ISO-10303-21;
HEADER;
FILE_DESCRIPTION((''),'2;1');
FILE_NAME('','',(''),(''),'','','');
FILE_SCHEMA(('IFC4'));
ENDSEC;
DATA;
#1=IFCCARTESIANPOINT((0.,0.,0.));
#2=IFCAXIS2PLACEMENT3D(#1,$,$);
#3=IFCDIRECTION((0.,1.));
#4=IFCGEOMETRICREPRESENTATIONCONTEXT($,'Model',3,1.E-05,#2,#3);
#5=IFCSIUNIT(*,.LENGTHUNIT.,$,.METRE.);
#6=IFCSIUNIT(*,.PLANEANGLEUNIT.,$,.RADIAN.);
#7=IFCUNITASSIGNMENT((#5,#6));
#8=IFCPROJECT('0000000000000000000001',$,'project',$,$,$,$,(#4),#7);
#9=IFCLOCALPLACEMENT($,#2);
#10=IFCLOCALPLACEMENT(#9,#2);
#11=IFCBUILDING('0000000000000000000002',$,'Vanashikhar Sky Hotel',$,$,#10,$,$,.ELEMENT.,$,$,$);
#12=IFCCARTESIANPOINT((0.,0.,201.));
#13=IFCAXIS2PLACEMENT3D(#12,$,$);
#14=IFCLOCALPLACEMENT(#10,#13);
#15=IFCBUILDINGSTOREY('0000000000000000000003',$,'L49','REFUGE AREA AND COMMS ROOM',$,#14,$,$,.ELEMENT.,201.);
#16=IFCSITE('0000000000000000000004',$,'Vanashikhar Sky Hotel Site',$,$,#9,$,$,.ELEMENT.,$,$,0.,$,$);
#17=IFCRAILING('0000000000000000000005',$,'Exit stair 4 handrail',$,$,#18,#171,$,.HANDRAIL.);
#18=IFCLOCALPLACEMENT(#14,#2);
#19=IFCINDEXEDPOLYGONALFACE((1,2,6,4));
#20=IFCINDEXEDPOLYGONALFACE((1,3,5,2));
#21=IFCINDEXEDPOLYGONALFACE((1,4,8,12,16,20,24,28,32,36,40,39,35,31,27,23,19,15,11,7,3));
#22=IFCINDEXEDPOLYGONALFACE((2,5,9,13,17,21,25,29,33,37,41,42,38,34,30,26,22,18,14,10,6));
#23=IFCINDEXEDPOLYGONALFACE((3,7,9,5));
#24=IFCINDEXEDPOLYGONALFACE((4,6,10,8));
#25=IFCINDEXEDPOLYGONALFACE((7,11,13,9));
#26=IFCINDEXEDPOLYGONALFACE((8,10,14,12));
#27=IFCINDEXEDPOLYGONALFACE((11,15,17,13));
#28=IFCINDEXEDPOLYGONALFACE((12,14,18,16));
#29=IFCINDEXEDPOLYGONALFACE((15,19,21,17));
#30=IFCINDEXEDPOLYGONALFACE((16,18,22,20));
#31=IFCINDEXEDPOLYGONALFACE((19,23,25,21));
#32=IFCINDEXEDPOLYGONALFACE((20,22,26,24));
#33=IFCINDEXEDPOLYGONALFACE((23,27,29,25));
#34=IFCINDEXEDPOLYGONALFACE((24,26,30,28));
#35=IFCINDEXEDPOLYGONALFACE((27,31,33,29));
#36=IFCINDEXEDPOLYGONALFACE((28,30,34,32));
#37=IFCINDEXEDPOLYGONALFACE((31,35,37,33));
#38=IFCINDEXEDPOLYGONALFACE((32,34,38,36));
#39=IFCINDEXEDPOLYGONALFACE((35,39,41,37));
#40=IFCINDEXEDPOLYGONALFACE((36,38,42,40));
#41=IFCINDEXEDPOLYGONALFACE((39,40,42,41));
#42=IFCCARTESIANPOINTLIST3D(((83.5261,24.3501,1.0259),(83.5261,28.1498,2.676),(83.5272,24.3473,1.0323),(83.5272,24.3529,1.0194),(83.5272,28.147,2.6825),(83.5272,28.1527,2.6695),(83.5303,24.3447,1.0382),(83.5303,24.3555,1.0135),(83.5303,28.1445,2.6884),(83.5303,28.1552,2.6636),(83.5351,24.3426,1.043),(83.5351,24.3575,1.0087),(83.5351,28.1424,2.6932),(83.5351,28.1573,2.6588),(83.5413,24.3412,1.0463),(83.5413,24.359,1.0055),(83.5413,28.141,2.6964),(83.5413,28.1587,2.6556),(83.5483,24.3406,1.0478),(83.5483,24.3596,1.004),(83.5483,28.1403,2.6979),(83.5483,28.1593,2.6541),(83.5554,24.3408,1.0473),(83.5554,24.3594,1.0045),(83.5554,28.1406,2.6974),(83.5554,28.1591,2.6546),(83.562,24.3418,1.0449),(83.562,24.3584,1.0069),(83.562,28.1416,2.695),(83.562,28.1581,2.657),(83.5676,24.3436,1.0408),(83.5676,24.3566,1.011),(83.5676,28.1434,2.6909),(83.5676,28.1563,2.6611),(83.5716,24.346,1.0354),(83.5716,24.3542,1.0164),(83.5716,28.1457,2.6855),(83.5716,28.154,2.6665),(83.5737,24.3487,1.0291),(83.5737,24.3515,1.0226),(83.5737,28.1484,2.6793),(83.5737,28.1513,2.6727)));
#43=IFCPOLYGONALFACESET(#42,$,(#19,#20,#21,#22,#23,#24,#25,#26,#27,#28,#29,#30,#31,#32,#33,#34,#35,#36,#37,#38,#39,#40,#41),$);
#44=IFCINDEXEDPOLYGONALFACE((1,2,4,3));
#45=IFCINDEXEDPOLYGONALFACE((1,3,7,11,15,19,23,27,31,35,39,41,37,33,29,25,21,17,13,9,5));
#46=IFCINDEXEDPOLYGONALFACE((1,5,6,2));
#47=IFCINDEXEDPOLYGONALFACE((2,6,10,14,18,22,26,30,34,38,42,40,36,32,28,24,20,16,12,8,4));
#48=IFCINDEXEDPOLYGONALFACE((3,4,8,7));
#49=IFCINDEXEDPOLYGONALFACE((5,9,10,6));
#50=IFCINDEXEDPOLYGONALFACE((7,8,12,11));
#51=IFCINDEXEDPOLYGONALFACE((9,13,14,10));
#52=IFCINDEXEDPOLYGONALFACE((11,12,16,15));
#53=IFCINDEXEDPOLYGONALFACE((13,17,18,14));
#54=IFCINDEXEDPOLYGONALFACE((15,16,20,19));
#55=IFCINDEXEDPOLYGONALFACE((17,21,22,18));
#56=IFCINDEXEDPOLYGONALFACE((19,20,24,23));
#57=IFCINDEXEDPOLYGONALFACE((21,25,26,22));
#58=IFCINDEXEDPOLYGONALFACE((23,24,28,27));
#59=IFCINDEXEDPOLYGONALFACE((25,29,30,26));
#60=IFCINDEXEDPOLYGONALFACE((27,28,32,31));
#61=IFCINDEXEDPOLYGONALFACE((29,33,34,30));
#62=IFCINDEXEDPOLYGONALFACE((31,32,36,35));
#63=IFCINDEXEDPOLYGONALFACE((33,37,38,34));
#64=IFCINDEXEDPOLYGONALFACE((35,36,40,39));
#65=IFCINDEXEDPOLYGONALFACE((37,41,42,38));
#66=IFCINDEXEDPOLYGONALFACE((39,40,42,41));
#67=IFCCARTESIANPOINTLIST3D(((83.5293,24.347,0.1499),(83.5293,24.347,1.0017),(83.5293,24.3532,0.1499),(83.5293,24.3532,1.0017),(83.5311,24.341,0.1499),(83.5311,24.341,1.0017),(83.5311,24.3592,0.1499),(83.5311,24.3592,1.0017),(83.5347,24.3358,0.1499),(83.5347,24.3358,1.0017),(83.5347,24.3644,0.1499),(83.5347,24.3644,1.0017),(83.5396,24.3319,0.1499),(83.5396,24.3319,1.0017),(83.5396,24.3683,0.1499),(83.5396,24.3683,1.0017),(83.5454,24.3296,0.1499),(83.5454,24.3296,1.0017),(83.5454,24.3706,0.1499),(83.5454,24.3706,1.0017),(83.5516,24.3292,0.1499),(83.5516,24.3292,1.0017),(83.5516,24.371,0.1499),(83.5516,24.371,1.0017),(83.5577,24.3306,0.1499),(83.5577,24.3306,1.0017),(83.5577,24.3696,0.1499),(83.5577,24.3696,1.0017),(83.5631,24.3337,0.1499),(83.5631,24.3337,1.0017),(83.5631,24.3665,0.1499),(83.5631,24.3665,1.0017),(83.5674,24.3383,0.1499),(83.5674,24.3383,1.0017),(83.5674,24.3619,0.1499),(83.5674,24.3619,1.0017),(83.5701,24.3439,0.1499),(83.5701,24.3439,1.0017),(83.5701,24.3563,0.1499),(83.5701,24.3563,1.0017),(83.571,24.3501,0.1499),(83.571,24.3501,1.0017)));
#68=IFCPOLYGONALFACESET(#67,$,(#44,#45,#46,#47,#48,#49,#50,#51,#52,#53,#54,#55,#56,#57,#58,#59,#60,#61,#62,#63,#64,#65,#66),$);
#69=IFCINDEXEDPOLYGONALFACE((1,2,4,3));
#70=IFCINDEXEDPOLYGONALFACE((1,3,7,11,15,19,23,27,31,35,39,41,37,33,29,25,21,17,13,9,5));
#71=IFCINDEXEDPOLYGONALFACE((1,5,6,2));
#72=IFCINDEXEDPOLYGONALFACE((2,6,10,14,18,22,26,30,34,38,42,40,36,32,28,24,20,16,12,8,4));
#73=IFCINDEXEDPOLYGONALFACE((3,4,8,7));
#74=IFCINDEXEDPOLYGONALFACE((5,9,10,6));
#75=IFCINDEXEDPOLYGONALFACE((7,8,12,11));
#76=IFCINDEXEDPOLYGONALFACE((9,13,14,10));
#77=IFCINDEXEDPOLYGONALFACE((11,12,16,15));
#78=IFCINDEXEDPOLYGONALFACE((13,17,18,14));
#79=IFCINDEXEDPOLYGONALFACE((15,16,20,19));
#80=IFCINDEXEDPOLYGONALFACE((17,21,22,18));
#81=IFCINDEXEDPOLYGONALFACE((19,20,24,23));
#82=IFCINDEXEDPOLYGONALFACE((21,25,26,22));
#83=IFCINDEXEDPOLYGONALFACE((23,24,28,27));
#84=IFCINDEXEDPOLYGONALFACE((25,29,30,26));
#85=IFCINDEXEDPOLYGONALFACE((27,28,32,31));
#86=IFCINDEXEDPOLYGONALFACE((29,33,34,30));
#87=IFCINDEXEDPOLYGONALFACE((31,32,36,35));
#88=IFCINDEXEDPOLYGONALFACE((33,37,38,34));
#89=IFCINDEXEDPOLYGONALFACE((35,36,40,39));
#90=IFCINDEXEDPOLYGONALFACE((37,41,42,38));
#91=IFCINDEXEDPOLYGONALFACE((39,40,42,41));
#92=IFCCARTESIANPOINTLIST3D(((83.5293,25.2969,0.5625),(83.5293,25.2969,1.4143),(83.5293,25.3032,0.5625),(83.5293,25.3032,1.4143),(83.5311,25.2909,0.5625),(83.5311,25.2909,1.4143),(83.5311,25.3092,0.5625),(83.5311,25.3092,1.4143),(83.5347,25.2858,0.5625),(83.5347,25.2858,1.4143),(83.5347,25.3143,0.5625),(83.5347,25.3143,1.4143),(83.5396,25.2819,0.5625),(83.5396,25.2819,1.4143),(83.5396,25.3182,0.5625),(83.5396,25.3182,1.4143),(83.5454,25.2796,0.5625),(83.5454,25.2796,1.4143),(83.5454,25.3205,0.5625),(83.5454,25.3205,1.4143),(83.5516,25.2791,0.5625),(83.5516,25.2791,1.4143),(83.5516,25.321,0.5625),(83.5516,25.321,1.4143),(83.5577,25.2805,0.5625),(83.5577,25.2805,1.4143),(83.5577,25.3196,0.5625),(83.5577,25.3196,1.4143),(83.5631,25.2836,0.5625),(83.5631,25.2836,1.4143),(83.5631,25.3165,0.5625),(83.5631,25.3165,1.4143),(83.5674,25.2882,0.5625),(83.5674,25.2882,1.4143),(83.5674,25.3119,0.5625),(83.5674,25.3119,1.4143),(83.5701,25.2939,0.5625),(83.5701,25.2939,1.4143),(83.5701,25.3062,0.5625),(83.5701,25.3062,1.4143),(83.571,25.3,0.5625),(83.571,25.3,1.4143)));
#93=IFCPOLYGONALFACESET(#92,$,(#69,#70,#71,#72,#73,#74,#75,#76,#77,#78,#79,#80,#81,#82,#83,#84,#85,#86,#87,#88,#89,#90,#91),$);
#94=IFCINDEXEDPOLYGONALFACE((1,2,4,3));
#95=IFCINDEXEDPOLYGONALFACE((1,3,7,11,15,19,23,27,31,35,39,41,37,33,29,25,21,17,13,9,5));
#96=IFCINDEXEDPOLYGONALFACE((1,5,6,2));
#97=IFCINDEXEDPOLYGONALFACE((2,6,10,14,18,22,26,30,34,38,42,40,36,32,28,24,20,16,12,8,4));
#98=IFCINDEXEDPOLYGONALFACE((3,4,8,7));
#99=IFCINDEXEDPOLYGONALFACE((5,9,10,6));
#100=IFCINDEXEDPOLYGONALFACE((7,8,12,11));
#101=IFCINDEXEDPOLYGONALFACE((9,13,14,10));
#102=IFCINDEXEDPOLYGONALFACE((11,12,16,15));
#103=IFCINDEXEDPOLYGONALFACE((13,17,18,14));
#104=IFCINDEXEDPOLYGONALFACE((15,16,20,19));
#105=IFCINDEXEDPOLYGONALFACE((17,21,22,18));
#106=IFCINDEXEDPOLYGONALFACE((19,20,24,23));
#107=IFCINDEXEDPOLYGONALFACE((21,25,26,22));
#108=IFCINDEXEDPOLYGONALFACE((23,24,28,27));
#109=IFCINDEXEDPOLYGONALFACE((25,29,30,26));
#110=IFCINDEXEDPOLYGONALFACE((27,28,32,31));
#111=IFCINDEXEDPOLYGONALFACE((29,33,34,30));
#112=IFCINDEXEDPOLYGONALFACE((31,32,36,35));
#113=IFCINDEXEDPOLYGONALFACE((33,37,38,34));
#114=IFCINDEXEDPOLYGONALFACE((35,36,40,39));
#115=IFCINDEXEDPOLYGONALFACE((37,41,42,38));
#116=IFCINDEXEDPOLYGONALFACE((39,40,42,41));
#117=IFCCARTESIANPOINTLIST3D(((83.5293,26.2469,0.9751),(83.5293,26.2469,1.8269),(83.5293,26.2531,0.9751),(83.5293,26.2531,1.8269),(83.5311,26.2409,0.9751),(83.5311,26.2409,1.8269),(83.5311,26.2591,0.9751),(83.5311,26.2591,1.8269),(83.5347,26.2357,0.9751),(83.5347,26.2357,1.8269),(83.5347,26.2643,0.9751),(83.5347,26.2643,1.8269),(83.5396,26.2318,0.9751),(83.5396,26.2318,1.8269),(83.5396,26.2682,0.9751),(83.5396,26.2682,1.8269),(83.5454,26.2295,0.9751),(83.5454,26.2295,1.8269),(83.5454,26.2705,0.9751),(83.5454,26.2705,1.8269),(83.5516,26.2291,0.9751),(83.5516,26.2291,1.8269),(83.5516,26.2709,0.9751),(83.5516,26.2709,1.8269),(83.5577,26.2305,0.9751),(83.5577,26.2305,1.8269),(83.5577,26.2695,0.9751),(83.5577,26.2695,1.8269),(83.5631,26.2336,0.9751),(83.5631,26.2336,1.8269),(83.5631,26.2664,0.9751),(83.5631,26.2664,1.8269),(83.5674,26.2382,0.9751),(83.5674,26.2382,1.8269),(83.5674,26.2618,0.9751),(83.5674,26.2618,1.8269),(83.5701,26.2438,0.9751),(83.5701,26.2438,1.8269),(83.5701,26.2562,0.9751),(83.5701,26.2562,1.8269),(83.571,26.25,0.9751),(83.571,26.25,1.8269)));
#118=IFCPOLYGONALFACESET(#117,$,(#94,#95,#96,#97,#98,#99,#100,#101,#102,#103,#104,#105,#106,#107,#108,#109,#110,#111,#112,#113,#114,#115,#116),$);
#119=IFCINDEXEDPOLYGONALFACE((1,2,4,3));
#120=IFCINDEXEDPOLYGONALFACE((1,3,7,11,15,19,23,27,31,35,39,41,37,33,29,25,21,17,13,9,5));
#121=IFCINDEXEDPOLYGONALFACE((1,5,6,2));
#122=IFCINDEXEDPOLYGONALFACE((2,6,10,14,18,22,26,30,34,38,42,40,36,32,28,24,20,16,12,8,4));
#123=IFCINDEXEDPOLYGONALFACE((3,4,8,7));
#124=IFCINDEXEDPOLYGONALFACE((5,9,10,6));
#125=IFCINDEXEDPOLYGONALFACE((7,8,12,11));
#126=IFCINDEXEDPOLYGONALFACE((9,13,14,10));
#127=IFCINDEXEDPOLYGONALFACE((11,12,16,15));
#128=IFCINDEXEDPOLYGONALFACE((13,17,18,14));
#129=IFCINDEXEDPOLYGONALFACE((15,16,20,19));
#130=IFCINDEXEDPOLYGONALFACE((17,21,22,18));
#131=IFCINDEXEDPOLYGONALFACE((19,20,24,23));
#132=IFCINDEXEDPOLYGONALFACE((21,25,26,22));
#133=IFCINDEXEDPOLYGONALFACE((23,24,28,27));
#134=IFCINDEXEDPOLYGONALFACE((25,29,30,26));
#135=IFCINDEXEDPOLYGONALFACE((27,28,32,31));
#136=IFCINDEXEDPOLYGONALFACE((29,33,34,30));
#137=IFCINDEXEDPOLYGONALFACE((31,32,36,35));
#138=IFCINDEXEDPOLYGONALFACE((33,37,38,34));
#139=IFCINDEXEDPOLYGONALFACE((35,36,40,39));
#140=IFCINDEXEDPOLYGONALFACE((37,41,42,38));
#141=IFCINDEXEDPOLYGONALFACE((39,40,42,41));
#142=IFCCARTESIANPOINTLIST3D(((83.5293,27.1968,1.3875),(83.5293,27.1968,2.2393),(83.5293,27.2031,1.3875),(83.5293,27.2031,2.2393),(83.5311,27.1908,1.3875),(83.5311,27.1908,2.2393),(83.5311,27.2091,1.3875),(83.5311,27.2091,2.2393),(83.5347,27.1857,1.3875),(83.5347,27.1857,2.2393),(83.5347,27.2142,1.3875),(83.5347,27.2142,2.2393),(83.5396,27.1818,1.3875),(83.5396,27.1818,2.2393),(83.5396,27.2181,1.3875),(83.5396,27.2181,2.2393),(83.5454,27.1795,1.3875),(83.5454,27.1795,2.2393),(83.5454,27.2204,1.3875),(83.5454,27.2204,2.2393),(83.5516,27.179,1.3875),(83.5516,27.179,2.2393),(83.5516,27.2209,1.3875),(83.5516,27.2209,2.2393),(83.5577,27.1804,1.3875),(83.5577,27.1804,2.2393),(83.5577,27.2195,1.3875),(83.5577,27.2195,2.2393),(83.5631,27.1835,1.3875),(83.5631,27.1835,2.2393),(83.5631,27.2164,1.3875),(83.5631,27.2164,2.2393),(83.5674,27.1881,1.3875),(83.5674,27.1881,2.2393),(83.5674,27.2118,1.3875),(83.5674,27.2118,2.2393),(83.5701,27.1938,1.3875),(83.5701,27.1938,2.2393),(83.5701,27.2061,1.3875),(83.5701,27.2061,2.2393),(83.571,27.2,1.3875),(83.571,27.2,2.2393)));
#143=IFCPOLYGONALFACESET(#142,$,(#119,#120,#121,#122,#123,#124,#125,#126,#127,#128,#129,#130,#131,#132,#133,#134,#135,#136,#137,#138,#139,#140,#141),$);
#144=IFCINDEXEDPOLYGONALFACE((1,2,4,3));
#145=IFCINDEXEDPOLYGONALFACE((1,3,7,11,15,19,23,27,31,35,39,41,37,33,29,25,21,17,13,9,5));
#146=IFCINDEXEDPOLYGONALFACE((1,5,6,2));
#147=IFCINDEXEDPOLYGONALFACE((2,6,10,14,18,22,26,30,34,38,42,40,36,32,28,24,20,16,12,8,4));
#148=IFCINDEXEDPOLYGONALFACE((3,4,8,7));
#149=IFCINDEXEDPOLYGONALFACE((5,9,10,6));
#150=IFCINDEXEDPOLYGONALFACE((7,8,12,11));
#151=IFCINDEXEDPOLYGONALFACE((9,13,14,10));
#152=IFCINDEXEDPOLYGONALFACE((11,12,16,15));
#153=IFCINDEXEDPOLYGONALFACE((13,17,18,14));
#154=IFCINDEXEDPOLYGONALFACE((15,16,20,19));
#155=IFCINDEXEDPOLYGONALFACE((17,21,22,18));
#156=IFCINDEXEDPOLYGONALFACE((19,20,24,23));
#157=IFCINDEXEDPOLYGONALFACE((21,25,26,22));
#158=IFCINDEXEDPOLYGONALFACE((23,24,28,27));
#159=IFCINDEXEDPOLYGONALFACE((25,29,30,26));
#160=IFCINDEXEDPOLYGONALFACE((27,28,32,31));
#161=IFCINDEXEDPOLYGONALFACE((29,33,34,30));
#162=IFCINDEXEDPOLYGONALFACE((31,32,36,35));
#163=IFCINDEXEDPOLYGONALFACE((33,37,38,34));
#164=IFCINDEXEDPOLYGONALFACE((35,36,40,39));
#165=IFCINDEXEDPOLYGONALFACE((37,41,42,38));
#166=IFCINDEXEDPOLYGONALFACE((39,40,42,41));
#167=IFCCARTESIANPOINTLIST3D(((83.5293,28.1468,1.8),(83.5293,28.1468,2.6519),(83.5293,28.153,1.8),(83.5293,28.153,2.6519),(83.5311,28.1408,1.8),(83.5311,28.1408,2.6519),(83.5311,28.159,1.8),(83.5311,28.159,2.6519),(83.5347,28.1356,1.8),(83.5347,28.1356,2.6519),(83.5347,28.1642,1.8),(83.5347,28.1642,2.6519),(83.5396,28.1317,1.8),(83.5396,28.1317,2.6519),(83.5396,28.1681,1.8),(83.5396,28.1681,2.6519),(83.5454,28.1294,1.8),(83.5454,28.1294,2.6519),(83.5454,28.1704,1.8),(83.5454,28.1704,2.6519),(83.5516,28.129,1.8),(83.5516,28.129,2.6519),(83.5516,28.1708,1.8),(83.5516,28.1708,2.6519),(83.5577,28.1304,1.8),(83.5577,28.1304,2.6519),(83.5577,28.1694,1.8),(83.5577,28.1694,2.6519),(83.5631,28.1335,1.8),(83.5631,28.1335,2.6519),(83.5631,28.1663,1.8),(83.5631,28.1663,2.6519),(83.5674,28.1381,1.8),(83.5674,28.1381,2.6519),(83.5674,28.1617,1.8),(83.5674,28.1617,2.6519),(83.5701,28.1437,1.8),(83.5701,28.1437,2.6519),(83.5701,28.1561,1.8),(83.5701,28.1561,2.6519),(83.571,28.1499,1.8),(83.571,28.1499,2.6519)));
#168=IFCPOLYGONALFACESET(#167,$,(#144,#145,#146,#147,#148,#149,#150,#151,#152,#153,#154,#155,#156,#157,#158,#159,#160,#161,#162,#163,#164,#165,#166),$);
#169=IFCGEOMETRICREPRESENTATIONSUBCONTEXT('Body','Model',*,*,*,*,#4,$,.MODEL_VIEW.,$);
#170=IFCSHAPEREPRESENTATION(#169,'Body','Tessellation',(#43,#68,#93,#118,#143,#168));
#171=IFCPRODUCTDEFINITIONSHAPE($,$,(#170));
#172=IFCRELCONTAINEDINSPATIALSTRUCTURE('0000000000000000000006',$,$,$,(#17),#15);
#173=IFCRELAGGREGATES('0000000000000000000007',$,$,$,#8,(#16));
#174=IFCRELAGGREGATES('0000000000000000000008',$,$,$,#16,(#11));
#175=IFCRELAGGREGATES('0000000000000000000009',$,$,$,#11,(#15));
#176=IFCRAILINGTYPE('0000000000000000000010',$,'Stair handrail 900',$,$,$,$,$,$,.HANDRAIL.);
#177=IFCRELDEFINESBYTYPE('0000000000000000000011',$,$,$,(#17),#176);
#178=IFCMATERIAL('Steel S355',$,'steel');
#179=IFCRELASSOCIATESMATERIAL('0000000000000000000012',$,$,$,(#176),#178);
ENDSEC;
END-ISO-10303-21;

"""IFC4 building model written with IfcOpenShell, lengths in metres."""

from ifc_helpers import new_model, si_unit, direction, frame, origin, origin_2d, place, context, subcontext, project, spatial, circle, extrude, source, transform, mapped, material, type_object, element, save


model = new_model("IFC4")

# Units and contexts
model_context = context("Model", 3, precision=1e-05, world=origin(), true_north=direction((0.0, 1.0)))
body_context = subcontext(model_context, "Body", "Model", "MODEL_VIEW")
ifc_project = project(units=[si_unit("LENGTHUNIT", "METRE"), si_unit("PLANEANGLEUNIT", "RADIAN")], contexts=[model_context])

# Site, building, storey
site_placement = place(None, origin())
site = spatial("IfcSite", under=ifc_project, at=site_placement, Name="Vanashikhar Sky Hotel Site", CompositionType="ELEMENT", RefElevation=0.0)
building_placement = place(site_placement, origin())
building = spatial("IfcBuilding", under=site, at=building_placement, Name="Vanashikhar Sky Hotel", CompositionType="ELEMENT")
storey_placement = place(building_placement, frame((0.0, 0.0, 201.0)))
storey = spatial("IfcBuildingStorey", under=building, at=storey_placement, Name="L49", Description="REFUGE AREA AND COMMS ROOM", CompositionType="ELEMENT", Elevation=201.0)

# Shared definitions
ifc_material_1 = material(Name="Steel S355", Category="steel")

# Railing
railing_type_1 = type_object("IfcRailingType", Name="Stair handrail 900", PredefinedType="HANDRAIL", material=ifc_material_1)
shared_shape_1 = source(origin(), body_context, "Body", "SweptSolid", [
    extrude(circle(Radius=0.0239, at=origin_2d()), frame((0.0, 0.0, 0.876), z_axis=(0.0, 0.917241, 0.398332), x_axis=(-1.0, 0.0, 0.0)), (0.0, 0.0, 1.0), 4.1426),
    extrude(circle(Radius=0.021, at=origin_2d()), origin(), (0.0, 0.0, 1.0), 0.8518),
    extrude(circle(Radius=0.021, at=origin_2d()), frame((0.0, 0.95, 0.4126)), (0.0, 0.0, 1.0), 0.8518),
    extrude(circle(Radius=0.021, at=origin_2d()), frame((0.0, 1.8999, 0.8252)), (0.0, 0.0, 1.0), 0.8518),
    extrude(circle(Radius=0.021, at=origin_2d()), frame((0.0, 2.8499, 1.2375)), (0.0, 0.0, 1.0), 0.8518),
    extrude(circle(Radius=0.021, at=origin_2d()), frame((0.0, 3.7998, 1.6501)), (0.0, 0.0, 1.0), 0.8518),
])
railing_1_placement = place(storey_placement, frame((83.55, 24.3501, 0.1499)))
element("IfcRailing", 1, at=railing_1_placement, inside=storey, type_object=railing_type_1, Name="Exit stair 4 handrail", PredefinedType="HANDRAIL", context=body_context, shape_type="MappedRepresentation", body=[
    mapped(shared_shape_1, transform((0.0, 0.0, 0.0), scale=1.0)),
])

save(model, "model.ifc")
